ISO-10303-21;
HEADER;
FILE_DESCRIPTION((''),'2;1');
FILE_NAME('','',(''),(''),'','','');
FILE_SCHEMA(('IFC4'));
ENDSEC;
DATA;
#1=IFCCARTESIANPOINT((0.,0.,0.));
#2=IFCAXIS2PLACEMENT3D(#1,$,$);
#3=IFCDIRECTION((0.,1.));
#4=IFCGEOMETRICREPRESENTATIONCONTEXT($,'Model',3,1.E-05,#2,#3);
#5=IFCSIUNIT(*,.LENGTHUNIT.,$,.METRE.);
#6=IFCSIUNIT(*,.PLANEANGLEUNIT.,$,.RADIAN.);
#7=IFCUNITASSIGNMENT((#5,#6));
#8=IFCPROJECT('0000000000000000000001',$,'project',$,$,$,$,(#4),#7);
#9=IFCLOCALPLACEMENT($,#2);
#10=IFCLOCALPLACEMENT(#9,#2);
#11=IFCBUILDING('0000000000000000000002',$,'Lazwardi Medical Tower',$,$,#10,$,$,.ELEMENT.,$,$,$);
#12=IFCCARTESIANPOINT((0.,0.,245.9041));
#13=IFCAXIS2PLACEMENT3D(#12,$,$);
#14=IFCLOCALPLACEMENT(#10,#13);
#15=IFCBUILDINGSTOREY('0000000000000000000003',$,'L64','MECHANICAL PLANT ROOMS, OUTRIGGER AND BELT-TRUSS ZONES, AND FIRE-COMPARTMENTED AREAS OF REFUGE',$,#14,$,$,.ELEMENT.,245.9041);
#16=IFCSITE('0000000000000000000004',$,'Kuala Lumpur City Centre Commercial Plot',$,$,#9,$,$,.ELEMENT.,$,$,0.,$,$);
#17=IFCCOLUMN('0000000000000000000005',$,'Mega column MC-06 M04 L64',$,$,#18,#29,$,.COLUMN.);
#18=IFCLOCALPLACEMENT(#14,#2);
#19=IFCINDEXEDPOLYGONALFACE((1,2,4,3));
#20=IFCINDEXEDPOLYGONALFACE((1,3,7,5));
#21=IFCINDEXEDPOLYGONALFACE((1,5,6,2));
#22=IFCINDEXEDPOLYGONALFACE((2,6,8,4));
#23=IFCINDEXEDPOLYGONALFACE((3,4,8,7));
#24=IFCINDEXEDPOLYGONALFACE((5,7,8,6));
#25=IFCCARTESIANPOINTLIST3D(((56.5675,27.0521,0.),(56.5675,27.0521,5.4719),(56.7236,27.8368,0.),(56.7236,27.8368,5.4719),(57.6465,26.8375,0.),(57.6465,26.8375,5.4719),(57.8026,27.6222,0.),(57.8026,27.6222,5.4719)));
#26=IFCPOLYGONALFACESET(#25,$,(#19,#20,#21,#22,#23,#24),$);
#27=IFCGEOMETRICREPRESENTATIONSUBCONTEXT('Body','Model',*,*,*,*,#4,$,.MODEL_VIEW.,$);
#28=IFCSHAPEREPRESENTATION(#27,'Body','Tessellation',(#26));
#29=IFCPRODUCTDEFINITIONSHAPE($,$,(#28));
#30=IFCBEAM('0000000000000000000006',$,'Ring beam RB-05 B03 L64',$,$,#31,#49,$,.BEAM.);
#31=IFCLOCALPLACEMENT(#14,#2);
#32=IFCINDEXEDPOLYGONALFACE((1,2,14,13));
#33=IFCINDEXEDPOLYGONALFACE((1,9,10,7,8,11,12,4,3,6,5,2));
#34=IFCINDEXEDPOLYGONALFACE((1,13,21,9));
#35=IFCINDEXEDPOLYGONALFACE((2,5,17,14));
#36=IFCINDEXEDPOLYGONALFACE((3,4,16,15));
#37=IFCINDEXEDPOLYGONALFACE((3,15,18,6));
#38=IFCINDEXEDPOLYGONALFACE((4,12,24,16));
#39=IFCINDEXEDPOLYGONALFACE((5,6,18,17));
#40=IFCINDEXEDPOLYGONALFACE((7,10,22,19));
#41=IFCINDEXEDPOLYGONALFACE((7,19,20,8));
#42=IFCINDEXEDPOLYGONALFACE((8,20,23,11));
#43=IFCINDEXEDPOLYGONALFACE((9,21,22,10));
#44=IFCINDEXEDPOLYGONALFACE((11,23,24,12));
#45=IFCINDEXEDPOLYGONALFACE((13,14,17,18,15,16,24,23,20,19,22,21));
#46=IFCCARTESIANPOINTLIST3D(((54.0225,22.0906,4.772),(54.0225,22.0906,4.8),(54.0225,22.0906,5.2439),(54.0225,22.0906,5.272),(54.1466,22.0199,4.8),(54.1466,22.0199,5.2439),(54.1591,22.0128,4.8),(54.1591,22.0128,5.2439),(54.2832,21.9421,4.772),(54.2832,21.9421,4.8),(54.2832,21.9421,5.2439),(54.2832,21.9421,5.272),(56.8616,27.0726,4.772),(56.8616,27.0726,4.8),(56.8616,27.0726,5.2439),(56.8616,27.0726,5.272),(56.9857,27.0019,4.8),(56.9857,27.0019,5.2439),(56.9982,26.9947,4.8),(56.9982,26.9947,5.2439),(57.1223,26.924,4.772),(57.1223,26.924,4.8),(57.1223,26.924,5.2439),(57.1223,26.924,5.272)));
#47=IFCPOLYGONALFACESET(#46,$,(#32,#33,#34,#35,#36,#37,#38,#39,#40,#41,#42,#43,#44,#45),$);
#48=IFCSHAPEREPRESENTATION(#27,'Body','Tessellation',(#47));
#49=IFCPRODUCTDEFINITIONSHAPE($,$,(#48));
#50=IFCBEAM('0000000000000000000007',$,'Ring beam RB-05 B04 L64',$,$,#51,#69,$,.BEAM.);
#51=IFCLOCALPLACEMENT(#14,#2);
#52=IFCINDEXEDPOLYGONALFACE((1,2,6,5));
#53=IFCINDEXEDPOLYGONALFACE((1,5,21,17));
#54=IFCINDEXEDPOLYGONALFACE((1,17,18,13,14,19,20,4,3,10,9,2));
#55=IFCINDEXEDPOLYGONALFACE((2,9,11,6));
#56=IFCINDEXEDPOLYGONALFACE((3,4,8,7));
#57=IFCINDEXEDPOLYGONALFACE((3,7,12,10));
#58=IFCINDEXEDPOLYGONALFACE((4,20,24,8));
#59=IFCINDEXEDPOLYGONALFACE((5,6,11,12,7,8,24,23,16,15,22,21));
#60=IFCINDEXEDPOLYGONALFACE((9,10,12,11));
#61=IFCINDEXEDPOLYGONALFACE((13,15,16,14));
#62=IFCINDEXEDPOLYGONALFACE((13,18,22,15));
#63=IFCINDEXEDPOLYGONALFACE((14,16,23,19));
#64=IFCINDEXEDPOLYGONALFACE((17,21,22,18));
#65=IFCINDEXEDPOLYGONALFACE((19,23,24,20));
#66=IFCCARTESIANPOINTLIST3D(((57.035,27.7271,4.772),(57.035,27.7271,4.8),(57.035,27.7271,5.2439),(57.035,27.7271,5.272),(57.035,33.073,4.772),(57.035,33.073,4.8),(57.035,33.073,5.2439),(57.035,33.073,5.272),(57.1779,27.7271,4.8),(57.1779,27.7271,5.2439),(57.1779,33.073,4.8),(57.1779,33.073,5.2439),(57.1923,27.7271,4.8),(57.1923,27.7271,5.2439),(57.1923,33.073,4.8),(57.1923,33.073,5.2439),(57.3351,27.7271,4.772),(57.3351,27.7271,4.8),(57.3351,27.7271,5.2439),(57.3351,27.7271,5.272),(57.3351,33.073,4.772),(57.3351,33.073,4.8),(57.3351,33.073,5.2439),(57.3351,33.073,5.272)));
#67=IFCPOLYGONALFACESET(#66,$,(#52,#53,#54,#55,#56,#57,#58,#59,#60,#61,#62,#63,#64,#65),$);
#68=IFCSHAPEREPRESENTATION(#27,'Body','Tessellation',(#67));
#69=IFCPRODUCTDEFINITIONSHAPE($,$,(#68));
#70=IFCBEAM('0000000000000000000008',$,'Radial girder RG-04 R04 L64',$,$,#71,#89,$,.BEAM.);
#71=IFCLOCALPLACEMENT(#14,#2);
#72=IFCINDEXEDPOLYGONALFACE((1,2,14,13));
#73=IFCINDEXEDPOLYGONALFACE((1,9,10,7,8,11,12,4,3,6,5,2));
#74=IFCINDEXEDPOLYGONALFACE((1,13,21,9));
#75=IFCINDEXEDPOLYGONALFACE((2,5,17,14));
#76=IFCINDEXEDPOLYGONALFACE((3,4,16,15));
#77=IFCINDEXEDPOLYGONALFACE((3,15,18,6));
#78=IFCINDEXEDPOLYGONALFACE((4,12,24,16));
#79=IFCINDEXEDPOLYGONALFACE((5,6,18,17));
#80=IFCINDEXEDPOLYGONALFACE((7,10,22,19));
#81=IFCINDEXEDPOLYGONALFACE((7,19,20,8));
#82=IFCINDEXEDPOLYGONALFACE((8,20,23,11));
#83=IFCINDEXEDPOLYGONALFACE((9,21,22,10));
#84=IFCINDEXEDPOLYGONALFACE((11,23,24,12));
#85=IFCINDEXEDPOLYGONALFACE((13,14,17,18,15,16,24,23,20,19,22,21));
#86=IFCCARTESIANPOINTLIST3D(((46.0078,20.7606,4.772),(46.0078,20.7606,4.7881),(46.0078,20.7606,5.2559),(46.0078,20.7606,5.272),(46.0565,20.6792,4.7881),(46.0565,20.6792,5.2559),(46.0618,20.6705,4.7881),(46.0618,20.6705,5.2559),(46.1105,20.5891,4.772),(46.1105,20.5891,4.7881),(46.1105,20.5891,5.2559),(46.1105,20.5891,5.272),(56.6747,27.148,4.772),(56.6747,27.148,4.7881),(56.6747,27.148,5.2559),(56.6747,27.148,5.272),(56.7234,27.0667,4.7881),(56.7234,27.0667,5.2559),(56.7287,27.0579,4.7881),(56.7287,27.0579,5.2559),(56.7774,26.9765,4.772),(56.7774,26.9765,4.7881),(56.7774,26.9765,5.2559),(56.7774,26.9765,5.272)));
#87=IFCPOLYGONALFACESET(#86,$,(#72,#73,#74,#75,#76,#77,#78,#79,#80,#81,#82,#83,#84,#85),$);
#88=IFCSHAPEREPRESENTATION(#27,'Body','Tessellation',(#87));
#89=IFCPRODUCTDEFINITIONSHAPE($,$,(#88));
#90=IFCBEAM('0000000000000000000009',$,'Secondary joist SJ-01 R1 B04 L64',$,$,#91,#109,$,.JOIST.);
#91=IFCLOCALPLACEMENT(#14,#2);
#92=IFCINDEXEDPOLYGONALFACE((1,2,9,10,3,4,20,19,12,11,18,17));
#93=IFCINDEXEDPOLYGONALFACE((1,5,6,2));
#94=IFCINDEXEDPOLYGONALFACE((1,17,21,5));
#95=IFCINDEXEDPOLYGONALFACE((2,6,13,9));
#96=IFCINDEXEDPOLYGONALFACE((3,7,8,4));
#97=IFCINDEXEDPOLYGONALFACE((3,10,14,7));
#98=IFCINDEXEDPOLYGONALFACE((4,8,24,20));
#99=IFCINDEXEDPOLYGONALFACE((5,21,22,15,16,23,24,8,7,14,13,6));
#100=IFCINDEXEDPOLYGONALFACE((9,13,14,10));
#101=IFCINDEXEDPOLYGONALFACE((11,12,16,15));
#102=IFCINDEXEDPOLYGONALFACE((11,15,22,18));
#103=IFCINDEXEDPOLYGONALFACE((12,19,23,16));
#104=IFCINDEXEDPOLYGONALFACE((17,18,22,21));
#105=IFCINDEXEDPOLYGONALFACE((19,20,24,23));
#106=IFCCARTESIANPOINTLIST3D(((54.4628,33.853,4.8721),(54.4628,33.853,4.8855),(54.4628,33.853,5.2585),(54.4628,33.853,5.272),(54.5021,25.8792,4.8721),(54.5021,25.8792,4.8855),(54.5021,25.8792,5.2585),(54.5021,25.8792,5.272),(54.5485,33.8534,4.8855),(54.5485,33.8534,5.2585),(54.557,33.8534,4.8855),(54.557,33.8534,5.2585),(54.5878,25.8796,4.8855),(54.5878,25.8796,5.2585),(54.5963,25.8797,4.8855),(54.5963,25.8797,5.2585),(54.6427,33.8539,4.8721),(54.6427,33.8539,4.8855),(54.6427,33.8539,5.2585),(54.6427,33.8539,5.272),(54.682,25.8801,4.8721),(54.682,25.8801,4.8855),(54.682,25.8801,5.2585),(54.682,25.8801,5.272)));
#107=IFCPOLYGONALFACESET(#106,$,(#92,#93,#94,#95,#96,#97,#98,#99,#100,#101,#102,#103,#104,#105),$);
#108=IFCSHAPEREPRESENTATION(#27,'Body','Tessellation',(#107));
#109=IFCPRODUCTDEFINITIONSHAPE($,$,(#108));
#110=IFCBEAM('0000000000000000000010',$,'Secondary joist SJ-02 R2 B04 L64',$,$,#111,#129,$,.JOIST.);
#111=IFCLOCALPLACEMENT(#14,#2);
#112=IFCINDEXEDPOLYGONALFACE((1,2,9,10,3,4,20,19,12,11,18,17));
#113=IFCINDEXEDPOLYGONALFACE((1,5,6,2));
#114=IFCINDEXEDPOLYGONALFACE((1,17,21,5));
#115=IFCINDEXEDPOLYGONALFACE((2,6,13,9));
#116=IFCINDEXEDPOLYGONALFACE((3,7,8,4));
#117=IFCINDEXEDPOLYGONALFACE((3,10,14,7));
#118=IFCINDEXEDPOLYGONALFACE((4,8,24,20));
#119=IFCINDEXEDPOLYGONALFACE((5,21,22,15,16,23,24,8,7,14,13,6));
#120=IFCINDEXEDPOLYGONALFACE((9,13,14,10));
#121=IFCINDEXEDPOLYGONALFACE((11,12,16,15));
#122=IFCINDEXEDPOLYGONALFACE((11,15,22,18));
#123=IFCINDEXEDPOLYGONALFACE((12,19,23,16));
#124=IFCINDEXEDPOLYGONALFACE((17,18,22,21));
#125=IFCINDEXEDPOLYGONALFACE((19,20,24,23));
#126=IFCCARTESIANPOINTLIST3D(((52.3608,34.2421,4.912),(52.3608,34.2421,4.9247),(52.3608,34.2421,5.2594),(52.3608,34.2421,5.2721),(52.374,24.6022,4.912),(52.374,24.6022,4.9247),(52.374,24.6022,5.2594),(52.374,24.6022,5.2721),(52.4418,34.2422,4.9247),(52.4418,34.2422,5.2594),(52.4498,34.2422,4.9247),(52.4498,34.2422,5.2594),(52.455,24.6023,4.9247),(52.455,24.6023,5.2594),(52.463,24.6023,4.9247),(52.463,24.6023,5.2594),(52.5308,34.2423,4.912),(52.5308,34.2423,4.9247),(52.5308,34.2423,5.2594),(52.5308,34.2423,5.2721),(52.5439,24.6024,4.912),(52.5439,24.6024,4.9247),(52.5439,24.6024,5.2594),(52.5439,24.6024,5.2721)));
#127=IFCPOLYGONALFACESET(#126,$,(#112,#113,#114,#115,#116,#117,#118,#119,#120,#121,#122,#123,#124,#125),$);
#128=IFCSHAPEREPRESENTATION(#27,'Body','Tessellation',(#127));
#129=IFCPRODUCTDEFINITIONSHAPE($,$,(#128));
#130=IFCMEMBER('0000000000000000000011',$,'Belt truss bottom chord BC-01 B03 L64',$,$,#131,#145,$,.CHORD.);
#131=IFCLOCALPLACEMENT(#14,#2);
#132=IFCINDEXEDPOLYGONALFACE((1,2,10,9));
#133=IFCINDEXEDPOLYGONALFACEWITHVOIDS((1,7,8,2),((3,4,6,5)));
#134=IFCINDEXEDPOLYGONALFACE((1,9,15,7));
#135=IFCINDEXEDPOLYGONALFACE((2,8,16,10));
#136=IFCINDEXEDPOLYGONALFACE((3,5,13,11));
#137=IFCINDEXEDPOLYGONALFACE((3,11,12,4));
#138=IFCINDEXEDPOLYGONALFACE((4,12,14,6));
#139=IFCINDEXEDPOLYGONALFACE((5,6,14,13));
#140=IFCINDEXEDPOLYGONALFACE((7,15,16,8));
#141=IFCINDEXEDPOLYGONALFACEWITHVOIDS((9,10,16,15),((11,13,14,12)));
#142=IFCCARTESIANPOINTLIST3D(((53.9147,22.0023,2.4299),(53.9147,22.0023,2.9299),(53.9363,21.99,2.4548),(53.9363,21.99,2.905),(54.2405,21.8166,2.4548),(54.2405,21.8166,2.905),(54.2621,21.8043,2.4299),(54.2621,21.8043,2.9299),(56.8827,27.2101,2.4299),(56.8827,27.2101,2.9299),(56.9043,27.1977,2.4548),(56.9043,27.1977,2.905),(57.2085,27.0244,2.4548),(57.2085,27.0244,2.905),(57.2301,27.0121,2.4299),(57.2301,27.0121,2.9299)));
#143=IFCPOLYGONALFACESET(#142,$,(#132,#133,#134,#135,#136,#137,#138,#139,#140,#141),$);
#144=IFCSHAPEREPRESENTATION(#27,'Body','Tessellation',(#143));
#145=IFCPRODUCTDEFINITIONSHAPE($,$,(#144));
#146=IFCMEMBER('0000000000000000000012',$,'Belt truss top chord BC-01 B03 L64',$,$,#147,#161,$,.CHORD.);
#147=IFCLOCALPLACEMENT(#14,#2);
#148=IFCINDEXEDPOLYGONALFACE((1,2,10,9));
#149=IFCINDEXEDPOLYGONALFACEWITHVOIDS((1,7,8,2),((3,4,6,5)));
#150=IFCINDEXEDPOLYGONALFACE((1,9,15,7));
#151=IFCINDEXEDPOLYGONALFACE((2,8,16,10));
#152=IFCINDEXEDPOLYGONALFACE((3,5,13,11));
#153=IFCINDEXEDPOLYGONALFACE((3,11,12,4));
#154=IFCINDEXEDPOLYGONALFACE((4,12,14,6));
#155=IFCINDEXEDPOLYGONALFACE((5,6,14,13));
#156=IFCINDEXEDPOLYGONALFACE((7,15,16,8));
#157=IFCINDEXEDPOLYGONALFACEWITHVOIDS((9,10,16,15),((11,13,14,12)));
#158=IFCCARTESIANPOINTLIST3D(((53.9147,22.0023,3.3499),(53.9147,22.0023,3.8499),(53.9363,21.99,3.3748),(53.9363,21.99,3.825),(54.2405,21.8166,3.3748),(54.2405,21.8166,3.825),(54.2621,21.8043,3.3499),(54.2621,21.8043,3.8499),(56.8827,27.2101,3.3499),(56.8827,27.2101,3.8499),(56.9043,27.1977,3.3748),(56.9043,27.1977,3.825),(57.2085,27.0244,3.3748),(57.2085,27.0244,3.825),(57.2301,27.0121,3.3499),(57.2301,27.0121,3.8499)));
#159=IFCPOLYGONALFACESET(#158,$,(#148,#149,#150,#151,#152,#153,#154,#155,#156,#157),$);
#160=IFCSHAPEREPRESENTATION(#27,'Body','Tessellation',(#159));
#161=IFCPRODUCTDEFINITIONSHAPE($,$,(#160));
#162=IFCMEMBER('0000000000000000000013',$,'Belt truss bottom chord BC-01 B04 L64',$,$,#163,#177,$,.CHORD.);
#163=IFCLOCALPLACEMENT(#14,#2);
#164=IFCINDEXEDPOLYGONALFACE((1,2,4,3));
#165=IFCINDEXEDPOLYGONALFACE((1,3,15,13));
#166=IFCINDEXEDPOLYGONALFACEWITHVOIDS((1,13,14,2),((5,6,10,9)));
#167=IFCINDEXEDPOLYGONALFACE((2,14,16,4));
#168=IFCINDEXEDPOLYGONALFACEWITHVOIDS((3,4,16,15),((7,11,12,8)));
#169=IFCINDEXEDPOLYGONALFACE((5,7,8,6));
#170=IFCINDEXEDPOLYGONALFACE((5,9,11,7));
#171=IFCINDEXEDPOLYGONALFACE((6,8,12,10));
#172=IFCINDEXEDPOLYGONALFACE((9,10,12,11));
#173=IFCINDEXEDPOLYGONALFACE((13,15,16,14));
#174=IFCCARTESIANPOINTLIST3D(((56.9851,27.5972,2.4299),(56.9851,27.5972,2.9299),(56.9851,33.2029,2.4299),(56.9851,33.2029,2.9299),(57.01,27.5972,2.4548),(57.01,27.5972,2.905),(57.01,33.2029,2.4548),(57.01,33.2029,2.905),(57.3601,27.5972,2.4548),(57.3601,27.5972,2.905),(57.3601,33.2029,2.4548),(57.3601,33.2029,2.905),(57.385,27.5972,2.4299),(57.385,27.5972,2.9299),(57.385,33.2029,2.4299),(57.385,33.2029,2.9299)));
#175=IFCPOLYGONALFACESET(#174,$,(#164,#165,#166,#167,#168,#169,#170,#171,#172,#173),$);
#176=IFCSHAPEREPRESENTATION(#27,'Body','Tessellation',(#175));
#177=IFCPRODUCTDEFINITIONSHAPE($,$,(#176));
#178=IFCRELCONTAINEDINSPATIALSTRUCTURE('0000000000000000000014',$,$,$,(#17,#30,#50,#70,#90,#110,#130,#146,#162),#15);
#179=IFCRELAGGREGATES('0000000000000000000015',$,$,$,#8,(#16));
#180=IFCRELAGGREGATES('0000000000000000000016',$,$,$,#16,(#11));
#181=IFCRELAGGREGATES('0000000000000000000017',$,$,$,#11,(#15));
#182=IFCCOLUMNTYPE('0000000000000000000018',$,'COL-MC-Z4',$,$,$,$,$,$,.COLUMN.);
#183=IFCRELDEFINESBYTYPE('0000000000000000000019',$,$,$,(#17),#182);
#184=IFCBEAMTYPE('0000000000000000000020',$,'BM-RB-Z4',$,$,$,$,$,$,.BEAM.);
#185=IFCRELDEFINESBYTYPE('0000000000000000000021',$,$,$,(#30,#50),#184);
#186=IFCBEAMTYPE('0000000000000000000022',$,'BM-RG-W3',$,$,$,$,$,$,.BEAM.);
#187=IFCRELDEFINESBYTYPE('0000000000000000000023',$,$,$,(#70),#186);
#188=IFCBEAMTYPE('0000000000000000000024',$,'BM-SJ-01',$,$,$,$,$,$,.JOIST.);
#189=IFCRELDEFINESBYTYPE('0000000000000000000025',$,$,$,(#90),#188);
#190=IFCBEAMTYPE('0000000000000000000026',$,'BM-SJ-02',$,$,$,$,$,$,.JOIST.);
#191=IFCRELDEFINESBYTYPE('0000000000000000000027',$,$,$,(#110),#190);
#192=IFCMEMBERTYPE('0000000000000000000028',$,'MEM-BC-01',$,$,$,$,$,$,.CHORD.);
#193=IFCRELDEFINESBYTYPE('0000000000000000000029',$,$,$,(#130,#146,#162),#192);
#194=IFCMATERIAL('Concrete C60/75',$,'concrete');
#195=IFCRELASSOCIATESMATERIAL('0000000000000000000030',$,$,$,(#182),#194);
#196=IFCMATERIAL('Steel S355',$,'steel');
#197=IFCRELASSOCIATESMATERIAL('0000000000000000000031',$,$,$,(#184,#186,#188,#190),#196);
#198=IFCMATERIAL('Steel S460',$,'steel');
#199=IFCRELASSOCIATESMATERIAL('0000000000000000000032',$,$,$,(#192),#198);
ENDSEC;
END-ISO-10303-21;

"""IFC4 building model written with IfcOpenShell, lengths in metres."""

from ifc_helpers import new_model, si_unit, direction, frame, origin, origin_2d, place, context, subcontext, project, spatial, rectangle, hollow_rectangle, i_section, extrude, material, material_profile, profile_set, type_object, element, save


model = new_model("IFC4")

# Units and contexts
model_context = context("Model", 3, precision=1e-05, world=origin(), true_north=direction((0.0, 1.0)))
body_context = subcontext(model_context, "Body", "Model", "MODEL_VIEW")
ifc_project = project(units=[si_unit("LENGTHUNIT", "METRE"), si_unit("PLANEANGLEUNIT", "RADIAN")], contexts=[model_context])

# Site, building, storey
site_placement = place(None, origin())
site = spatial("IfcSite", under=ifc_project, at=site_placement, Name="Kuala Lumpur City Centre Commercial Plot", CompositionType="ELEMENT", RefElevation=0.0)
building_placement = place(site_placement, origin())
building = spatial("IfcBuilding", under=site, at=building_placement, Name="Lazwardi Medical Tower", CompositionType="ELEMENT")
storey_placement = place(building_placement, frame((0.0, 0.0, 245.9041)))
storey = spatial("IfcBuildingStorey", under=building, at=storey_placement, Name="L64", Description="MECHANICAL PLANT ROOMS, OUTRIGGER AND BELT-TRUSS ZONES, AND FIRE-COMPARTMENTED AREAS OF REFUGE", CompositionType="ELEMENT", Elevation=245.9041)

# Column
ifc_material_1 = material(Name="Concrete C60/75", Category="concrete")
ifc_material_profile_1 = material_profile(ifc_material_1, rectangle(XDim=1.1001, YDim=0.8, at=origin_2d()), Name="CFT-RECT 1100x800")
ifc_profile_set_1 = profile_set([ifc_material_profile_1], Name="Concrete C60/75")
column_type = type_object("IfcColumnType", Name="COL-MC-Z4", PredefinedType="COLUMN", material=ifc_profile_set_1)
column_placement = place(storey_placement, frame((57.1851, 27.3372, 0.0), z_axis=(0.0, 0.0, 1.0), x_axis=(0.980785, -0.19509, 0.0)))
element("IfcColumn", 1, at=column_placement, inside=storey, type_object=column_type, Name="Mega column MC-06 M04 L64", PredefinedType="COLUMN", context=body_context, shape_type="SweptSolid", body=[
    extrude(rectangle(XDim=1.1001, YDim=0.8, at=origin_2d()), origin(), (0.0, 0.0, 1.0), 5.4719),
])

# Beams
ifc_material_2 = material(Name="Steel S355", Category="steel")
ifc_material_profile_2 = material_profile(ifc_material_2, i_section(OverallWidth=0.3, OverallDepth=0.5, WebThickness=0.0144, FlangeThickness=0.0281, at=origin_2d()), Name="HEB 500")
ifc_profile_set_2 = profile_set([ifc_material_profile_2], Name="Steel S355")
beam_type_1 = type_object("IfcBeamType", Name="BM-RB-Z4", PredefinedType="BEAM", material=ifc_profile_set_2)
beam_1_placement = place(storey_placement, frame((54.1528, 22.0164, 5.022), z_axis=(0.495125, 0.868822, 0.0), x_axis=(-0.868822, 0.495125, 0.0)))
element("IfcBeam", 2, at=beam_1_placement, inside=storey, type_object=beam_type_1, Name="Ring beam RB-05 B03 L64", PredefinedType="BEAM", context=body_context, shape_type="SweptSolid", body=[
    extrude(i_section(OverallWidth=0.3, OverallDepth=0.5, WebThickness=0.0144, FlangeThickness=0.0281, at=origin_2d()), origin(), (0.0, 0.0, 1.0), 5.7341),
])
beam_2_placement = place(storey_placement, frame((57.1851, 27.7271, 5.022), z_axis=(0.0, 1.0, 0.0), x_axis=(-1.0, 0.0, 0.0)))
element("IfcBeam", 3, at=beam_2_placement, inside=storey, type_object=beam_type_1, Name="Ring beam RB-05 B04 L64", PredefinedType="BEAM", context=body_context, shape_type="SweptSolid", body=[
    extrude(i_section(OverallWidth=0.3, OverallDepth=0.5, WebThickness=0.0144, FlangeThickness=0.0281, at=origin_2d()), origin(), (0.0, 0.0, 1.0), 5.3459),
])
ifc_material_profile_3 = material_profile(ifc_material_2, i_section(OverallWidth=0.2, OverallDepth=0.5, WebThickness=0.0103, FlangeThickness=0.0161, at=origin_2d()), Name="IPE 500")
ifc_profile_set_3 = profile_set([ifc_material_profile_3], Name="Steel S355")
beam_type_2 = type_object("IfcBeamType", Name="BM-RG-W3", PredefinedType="BEAM", material=ifc_profile_set_3)
beam_3_placement = place(storey_placement, frame((56.7261, 27.0623, 5.022), z_axis=(-0.857945, -0.513742, 0.0), x_axis=(0.513742, -0.857945, 0.0)))
element("IfcBeam", 4, at=beam_3_placement, inside=storey, type_object=beam_type_2, Name="Radial girder RG-04 R04 L64", PredefinedType="BEAM", context=body_context, shape_type="SweptSolid", body=[
    extrude(i_section(OverallWidth=0.2, OverallDepth=0.5, WebThickness=0.0103, FlangeThickness=0.0161, at=origin_2d()), origin(), (0.0, 0.0, 1.0), 12.4331),
])
ifc_material_profile_4 = material_profile(ifc_material_2, i_section(OverallWidth=0.1799, OverallDepth=0.3999, WebThickness=0.0085, FlangeThickness=0.0134, at=origin_2d()), Name="IPE 400")
ifc_profile_set_4 = profile_set([ifc_material_profile_4], Name="Steel S355")
beam_type_3 = type_object("IfcBeamType", Name="BM-SJ-01", PredefinedType="JOIST", material=ifc_profile_set_4)
beam_4_placement = place(storey_placement, frame((54.592, 25.8796, 5.072), z_axis=(-0.004929, 0.999988, 0.0), x_axis=(-0.999988, -0.004929, 0.0)))
element("IfcBeam", 5, at=beam_4_placement, inside=storey, type_object=beam_type_3, Name="Secondary joist SJ-01 R1 B04 L64", PredefinedType="JOIST", context=body_context, shape_type="SweptSolid", body=[
    extrude(i_section(OverallWidth=0.1799, OverallDepth=0.3999, WebThickness=0.0085, FlangeThickness=0.0134, at=origin_2d()), origin(), (0.0, 0.0, 1.0), 7.9739),
])
ifc_material_profile_5 = material_profile(ifc_material_2, i_section(OverallWidth=0.1699, OverallDepth=0.3601, WebThickness=0.0081, FlangeThickness=0.0127, at=origin_2d()), Name="IPE 360")
ifc_profile_set_5 = profile_set([ifc_material_profile_5], Name="Steel S355")
beam_type_4 = type_object("IfcBeamType", Name="BM-SJ-02", PredefinedType="JOIST", material=ifc_profile_set_5)
beam_5_placement = place(storey_placement, frame((52.459, 24.6023, 5.092), z_axis=(-0.001368, 0.999999, 0.0), x_axis=(-0.999999, -0.001368, 0.0)))
element("IfcBeam", 6, at=beam_5_placement, inside=storey, type_object=beam_type_4, Name="Secondary joist SJ-02 R2 B04 L64", PredefinedType="JOIST", context=body_context, shape_type="SweptSolid", body=[
    extrude(i_section(OverallWidth=0.1699, OverallDepth=0.3601, WebThickness=0.0081, FlangeThickness=0.0127, at=origin_2d()), origin(), (0.0, 0.0, 1.0), 9.6399),
])

# Members
ifc_material_3 = material(Name="Steel S460", Category="steel")
ifc_material_profile_6 = material_profile(ifc_material_3, hollow_rectangle(XDim=0.3999, YDim=0.5, WallThickness=0.0249, at=origin_2d()), Name="RHS 500x400x25")
ifc_profile_set_6 = profile_set([ifc_material_profile_6], Name="Steel S460")
member_type_1 = type_object("IfcMemberType", Name="MEM-BC-01", PredefinedType="CHORD", material=ifc_profile_set_6)
for number, where, z_axis, x_axis, name in (
    (7, (54.0884, 21.9033, 2.6799), (0.495152, 0.868807, 0.0), (-0.868807, 0.495152, 0.0), "Belt truss bottom chord BC-01 B03 L64"),
    (8, (54.0884, 21.9033, 3.5999), (0.495152, 0.868807, 0.0), (-0.868807, 0.495152, 0.0), "Belt truss top chord BC-01 B03 L64"),
):
    element("IfcMember", number, at=place(storey_placement, frame(where, z_axis=z_axis, x_axis=x_axis)), inside=storey, type_object=member_type_1, Name=name, PredefinedType="CHORD", context=body_context, shape_type="SweptSolid", body=[
        extrude(hollow_rectangle(XDim=0.3999, YDim=0.5, WallThickness=0.0249, at=origin_2d()), origin(), (0.0, 0.0, 1.0), 5.9941),
    ])
for number, where, z_axis, x_axis, name in (
    (9, (57.1851, 27.5972, 2.6799), (0.0, 1.0, 0.0), (-1.0, 0.0, 0.0), "Belt truss bottom chord BC-01 B04 L64"),
):
    element("IfcMember", number, at=place(storey_placement, frame(where, z_axis=z_axis, x_axis=x_axis)), inside=storey, type_object=member_type_1, Name=name, PredefinedType="CHORD", context=body_context, shape_type="SweptSolid", body=[
        extrude(hollow_rectangle(XDim=0.3999, YDim=0.5, WallThickness=0.0249, at=origin_2d()), origin(), (0.0, 0.0, 1.0), 5.6057),
    ])

save(model, "model.ifc")
